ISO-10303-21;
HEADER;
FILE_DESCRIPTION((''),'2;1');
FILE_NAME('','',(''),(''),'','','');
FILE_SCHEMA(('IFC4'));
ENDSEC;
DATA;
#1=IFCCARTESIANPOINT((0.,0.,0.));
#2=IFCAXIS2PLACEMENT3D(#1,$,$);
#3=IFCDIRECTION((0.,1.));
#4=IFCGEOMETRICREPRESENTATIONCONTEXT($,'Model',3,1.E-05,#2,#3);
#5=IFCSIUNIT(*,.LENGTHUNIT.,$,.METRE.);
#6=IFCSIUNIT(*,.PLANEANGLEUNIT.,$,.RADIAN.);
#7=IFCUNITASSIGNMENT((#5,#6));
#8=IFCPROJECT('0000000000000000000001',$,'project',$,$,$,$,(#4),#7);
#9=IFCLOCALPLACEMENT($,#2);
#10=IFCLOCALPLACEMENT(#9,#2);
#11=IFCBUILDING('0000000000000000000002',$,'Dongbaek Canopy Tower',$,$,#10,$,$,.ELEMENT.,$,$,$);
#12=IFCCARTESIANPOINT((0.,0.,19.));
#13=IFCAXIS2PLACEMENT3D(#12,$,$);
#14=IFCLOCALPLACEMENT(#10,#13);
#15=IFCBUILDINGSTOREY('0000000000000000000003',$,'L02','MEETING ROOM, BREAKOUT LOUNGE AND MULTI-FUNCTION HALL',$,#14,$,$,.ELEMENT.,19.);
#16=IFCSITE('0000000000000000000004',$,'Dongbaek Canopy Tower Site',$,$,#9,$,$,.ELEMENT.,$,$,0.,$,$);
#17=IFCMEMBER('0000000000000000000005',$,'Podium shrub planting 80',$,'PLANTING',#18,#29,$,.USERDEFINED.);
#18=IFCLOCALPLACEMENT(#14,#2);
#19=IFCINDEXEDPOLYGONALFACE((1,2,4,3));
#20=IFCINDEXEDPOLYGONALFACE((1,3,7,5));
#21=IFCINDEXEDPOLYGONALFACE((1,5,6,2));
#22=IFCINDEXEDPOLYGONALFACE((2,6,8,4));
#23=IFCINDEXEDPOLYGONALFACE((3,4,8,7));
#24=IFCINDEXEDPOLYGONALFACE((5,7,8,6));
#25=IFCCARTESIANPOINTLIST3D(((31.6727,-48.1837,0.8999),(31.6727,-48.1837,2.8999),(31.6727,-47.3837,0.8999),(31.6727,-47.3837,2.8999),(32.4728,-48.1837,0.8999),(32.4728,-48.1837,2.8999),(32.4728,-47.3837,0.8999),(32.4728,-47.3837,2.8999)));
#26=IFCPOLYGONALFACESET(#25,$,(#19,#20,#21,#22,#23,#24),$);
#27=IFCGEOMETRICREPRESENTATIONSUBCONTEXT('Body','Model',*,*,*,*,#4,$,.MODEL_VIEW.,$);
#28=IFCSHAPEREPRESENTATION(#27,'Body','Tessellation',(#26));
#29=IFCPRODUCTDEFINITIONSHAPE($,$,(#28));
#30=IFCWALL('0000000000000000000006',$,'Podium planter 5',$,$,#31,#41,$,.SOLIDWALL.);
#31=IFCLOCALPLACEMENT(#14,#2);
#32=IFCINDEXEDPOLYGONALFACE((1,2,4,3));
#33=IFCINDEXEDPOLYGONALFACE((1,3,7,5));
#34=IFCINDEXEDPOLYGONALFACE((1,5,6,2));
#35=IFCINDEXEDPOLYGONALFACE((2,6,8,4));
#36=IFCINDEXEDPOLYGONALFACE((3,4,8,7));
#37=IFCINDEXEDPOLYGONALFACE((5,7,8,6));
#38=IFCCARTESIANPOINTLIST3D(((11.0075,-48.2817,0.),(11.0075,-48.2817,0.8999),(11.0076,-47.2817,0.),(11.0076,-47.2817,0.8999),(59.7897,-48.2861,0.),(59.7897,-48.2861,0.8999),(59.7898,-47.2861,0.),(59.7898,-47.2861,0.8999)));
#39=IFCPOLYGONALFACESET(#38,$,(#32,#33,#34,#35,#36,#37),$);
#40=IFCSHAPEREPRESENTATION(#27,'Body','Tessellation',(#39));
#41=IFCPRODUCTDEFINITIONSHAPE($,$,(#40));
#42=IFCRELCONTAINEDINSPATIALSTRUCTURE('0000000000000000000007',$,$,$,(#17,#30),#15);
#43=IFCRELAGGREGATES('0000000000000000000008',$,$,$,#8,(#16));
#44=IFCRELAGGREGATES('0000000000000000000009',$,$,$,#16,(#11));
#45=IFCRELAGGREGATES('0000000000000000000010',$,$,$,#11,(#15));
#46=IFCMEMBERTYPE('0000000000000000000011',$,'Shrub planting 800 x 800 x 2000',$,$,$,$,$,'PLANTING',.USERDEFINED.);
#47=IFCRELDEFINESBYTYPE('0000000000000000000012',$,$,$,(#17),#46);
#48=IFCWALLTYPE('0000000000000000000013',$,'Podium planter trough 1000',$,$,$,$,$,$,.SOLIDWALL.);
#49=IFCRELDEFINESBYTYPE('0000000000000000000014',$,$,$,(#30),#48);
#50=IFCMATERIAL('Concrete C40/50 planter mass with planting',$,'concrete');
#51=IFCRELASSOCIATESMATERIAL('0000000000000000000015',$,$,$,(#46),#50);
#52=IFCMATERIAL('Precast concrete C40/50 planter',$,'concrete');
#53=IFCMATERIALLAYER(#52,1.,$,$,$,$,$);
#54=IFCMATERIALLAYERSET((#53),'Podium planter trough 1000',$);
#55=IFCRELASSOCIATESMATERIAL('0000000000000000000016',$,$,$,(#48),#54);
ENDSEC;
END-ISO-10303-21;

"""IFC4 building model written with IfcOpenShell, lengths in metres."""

from ifc_helpers import new_model, si_unit, direction, frame, frame_2d, origin, origin_2d, place, context, subcontext, project, spatial, rectangle, extrude, material, layer, layer_set, material_profile, profile_set, type_object, element, save


model = new_model("IFC4")

# Units and contexts
model_context = context("Model", 3, precision=1e-05, world=origin(), true_north=direction((0.0, 1.0)))
body_context = subcontext(model_context, "Body", "Model", "MODEL_VIEW")
ifc_project = project(units=[si_unit("LENGTHUNIT", "METRE"), si_unit("PLANEANGLEUNIT", "RADIAN")], contexts=[model_context])

# Site, building, storey
site_placement = place(None, origin())
site = spatial("IfcSite", under=ifc_project, at=site_placement, Name="Dongbaek Canopy Tower Site", CompositionType="ELEMENT", RefElevation=0.0)
building_placement = place(site_placement, origin())
building = spatial("IfcBuilding", under=site, at=building_placement, Name="Dongbaek Canopy Tower", CompositionType="ELEMENT")
storey_placement = place(building_placement, frame((0.0, 0.0, 19.0)))
storey = spatial("IfcBuildingStorey", under=building, at=storey_placement, Name="L02", Description="MEETING ROOM, BREAKOUT LOUNGE AND MULTI-FUNCTION HALL", CompositionType="ELEMENT", Elevation=19.0)

# Member
ifc_material_1 = material(Name="Concrete C40/50 planter mass with planting", Category="concrete")
ifc_material_profile = material_profile(ifc_material_1, rectangle(XDim=0.8, YDim=0.8, at=origin_2d()), Name="Shrub planting 800 x 800 x 2000")
ifc_profile_set = profile_set([ifc_material_profile], Name="Concrete C40/50 planter mass with planting")
member_type = type_object("IfcMemberType", Name="Shrub planting 800 x 800 x 2000", ElementType="PLANTING", PredefinedType="USERDEFINED", material=ifc_profile_set)
for number, where, z_axis, x_axis, name in (
    (1, (32.0728, -47.7837, 0.8999), (0.0, 0.0, 1.0), (1.0, 0.0, 0.0), "Podium shrub planting 80"),
):
    element("IfcMember", number, at=place(storey_placement, frame(where, z_axis=z_axis, x_axis=x_axis)), inside=storey, type_object=member_type, Name=name, ObjectType="PLANTING", PredefinedType="USERDEFINED", context=body_context, shape_type="SweptSolid", body=[
        extrude(rectangle(XDim=0.8, YDim=0.8, at=origin_2d()), origin(), (0.0, 0.0, 1.0), 2.0),
    ])

# Wall
ifc_material_2 = material(Name="Precast concrete C40/50 planter", Category="concrete")
ifc_layer = layer(ifc_material_2, 1.0)
ifc_layer_set = layer_set([ifc_layer], Name="Podium planter trough 1000")
wall_type = type_object("IfcWallType", Name="Podium planter trough 1000", PredefinedType="SOLIDWALL", material=ifc_layer_set)
wall_placement = place(storey_placement, frame((59.7898, -47.7861, 0.0), z_axis=(0.0, 0.0, 1.0), x_axis=(-1.0, 0.00009, 0.0)))
element("IfcWall", 2, at=wall_placement, inside=storey, type_object=wall_type, Name="Podium planter 5", PredefinedType="SOLIDWALL", context=body_context, shape_type="SweptSolid", body=[
    extrude(rectangle(XDim=48.7822, YDim=1.0, at=frame_2d((24.3911, 0.0))), origin(), (0.0, 0.0, 1.0), 0.8999),
])

save(model, "model.ifc")
